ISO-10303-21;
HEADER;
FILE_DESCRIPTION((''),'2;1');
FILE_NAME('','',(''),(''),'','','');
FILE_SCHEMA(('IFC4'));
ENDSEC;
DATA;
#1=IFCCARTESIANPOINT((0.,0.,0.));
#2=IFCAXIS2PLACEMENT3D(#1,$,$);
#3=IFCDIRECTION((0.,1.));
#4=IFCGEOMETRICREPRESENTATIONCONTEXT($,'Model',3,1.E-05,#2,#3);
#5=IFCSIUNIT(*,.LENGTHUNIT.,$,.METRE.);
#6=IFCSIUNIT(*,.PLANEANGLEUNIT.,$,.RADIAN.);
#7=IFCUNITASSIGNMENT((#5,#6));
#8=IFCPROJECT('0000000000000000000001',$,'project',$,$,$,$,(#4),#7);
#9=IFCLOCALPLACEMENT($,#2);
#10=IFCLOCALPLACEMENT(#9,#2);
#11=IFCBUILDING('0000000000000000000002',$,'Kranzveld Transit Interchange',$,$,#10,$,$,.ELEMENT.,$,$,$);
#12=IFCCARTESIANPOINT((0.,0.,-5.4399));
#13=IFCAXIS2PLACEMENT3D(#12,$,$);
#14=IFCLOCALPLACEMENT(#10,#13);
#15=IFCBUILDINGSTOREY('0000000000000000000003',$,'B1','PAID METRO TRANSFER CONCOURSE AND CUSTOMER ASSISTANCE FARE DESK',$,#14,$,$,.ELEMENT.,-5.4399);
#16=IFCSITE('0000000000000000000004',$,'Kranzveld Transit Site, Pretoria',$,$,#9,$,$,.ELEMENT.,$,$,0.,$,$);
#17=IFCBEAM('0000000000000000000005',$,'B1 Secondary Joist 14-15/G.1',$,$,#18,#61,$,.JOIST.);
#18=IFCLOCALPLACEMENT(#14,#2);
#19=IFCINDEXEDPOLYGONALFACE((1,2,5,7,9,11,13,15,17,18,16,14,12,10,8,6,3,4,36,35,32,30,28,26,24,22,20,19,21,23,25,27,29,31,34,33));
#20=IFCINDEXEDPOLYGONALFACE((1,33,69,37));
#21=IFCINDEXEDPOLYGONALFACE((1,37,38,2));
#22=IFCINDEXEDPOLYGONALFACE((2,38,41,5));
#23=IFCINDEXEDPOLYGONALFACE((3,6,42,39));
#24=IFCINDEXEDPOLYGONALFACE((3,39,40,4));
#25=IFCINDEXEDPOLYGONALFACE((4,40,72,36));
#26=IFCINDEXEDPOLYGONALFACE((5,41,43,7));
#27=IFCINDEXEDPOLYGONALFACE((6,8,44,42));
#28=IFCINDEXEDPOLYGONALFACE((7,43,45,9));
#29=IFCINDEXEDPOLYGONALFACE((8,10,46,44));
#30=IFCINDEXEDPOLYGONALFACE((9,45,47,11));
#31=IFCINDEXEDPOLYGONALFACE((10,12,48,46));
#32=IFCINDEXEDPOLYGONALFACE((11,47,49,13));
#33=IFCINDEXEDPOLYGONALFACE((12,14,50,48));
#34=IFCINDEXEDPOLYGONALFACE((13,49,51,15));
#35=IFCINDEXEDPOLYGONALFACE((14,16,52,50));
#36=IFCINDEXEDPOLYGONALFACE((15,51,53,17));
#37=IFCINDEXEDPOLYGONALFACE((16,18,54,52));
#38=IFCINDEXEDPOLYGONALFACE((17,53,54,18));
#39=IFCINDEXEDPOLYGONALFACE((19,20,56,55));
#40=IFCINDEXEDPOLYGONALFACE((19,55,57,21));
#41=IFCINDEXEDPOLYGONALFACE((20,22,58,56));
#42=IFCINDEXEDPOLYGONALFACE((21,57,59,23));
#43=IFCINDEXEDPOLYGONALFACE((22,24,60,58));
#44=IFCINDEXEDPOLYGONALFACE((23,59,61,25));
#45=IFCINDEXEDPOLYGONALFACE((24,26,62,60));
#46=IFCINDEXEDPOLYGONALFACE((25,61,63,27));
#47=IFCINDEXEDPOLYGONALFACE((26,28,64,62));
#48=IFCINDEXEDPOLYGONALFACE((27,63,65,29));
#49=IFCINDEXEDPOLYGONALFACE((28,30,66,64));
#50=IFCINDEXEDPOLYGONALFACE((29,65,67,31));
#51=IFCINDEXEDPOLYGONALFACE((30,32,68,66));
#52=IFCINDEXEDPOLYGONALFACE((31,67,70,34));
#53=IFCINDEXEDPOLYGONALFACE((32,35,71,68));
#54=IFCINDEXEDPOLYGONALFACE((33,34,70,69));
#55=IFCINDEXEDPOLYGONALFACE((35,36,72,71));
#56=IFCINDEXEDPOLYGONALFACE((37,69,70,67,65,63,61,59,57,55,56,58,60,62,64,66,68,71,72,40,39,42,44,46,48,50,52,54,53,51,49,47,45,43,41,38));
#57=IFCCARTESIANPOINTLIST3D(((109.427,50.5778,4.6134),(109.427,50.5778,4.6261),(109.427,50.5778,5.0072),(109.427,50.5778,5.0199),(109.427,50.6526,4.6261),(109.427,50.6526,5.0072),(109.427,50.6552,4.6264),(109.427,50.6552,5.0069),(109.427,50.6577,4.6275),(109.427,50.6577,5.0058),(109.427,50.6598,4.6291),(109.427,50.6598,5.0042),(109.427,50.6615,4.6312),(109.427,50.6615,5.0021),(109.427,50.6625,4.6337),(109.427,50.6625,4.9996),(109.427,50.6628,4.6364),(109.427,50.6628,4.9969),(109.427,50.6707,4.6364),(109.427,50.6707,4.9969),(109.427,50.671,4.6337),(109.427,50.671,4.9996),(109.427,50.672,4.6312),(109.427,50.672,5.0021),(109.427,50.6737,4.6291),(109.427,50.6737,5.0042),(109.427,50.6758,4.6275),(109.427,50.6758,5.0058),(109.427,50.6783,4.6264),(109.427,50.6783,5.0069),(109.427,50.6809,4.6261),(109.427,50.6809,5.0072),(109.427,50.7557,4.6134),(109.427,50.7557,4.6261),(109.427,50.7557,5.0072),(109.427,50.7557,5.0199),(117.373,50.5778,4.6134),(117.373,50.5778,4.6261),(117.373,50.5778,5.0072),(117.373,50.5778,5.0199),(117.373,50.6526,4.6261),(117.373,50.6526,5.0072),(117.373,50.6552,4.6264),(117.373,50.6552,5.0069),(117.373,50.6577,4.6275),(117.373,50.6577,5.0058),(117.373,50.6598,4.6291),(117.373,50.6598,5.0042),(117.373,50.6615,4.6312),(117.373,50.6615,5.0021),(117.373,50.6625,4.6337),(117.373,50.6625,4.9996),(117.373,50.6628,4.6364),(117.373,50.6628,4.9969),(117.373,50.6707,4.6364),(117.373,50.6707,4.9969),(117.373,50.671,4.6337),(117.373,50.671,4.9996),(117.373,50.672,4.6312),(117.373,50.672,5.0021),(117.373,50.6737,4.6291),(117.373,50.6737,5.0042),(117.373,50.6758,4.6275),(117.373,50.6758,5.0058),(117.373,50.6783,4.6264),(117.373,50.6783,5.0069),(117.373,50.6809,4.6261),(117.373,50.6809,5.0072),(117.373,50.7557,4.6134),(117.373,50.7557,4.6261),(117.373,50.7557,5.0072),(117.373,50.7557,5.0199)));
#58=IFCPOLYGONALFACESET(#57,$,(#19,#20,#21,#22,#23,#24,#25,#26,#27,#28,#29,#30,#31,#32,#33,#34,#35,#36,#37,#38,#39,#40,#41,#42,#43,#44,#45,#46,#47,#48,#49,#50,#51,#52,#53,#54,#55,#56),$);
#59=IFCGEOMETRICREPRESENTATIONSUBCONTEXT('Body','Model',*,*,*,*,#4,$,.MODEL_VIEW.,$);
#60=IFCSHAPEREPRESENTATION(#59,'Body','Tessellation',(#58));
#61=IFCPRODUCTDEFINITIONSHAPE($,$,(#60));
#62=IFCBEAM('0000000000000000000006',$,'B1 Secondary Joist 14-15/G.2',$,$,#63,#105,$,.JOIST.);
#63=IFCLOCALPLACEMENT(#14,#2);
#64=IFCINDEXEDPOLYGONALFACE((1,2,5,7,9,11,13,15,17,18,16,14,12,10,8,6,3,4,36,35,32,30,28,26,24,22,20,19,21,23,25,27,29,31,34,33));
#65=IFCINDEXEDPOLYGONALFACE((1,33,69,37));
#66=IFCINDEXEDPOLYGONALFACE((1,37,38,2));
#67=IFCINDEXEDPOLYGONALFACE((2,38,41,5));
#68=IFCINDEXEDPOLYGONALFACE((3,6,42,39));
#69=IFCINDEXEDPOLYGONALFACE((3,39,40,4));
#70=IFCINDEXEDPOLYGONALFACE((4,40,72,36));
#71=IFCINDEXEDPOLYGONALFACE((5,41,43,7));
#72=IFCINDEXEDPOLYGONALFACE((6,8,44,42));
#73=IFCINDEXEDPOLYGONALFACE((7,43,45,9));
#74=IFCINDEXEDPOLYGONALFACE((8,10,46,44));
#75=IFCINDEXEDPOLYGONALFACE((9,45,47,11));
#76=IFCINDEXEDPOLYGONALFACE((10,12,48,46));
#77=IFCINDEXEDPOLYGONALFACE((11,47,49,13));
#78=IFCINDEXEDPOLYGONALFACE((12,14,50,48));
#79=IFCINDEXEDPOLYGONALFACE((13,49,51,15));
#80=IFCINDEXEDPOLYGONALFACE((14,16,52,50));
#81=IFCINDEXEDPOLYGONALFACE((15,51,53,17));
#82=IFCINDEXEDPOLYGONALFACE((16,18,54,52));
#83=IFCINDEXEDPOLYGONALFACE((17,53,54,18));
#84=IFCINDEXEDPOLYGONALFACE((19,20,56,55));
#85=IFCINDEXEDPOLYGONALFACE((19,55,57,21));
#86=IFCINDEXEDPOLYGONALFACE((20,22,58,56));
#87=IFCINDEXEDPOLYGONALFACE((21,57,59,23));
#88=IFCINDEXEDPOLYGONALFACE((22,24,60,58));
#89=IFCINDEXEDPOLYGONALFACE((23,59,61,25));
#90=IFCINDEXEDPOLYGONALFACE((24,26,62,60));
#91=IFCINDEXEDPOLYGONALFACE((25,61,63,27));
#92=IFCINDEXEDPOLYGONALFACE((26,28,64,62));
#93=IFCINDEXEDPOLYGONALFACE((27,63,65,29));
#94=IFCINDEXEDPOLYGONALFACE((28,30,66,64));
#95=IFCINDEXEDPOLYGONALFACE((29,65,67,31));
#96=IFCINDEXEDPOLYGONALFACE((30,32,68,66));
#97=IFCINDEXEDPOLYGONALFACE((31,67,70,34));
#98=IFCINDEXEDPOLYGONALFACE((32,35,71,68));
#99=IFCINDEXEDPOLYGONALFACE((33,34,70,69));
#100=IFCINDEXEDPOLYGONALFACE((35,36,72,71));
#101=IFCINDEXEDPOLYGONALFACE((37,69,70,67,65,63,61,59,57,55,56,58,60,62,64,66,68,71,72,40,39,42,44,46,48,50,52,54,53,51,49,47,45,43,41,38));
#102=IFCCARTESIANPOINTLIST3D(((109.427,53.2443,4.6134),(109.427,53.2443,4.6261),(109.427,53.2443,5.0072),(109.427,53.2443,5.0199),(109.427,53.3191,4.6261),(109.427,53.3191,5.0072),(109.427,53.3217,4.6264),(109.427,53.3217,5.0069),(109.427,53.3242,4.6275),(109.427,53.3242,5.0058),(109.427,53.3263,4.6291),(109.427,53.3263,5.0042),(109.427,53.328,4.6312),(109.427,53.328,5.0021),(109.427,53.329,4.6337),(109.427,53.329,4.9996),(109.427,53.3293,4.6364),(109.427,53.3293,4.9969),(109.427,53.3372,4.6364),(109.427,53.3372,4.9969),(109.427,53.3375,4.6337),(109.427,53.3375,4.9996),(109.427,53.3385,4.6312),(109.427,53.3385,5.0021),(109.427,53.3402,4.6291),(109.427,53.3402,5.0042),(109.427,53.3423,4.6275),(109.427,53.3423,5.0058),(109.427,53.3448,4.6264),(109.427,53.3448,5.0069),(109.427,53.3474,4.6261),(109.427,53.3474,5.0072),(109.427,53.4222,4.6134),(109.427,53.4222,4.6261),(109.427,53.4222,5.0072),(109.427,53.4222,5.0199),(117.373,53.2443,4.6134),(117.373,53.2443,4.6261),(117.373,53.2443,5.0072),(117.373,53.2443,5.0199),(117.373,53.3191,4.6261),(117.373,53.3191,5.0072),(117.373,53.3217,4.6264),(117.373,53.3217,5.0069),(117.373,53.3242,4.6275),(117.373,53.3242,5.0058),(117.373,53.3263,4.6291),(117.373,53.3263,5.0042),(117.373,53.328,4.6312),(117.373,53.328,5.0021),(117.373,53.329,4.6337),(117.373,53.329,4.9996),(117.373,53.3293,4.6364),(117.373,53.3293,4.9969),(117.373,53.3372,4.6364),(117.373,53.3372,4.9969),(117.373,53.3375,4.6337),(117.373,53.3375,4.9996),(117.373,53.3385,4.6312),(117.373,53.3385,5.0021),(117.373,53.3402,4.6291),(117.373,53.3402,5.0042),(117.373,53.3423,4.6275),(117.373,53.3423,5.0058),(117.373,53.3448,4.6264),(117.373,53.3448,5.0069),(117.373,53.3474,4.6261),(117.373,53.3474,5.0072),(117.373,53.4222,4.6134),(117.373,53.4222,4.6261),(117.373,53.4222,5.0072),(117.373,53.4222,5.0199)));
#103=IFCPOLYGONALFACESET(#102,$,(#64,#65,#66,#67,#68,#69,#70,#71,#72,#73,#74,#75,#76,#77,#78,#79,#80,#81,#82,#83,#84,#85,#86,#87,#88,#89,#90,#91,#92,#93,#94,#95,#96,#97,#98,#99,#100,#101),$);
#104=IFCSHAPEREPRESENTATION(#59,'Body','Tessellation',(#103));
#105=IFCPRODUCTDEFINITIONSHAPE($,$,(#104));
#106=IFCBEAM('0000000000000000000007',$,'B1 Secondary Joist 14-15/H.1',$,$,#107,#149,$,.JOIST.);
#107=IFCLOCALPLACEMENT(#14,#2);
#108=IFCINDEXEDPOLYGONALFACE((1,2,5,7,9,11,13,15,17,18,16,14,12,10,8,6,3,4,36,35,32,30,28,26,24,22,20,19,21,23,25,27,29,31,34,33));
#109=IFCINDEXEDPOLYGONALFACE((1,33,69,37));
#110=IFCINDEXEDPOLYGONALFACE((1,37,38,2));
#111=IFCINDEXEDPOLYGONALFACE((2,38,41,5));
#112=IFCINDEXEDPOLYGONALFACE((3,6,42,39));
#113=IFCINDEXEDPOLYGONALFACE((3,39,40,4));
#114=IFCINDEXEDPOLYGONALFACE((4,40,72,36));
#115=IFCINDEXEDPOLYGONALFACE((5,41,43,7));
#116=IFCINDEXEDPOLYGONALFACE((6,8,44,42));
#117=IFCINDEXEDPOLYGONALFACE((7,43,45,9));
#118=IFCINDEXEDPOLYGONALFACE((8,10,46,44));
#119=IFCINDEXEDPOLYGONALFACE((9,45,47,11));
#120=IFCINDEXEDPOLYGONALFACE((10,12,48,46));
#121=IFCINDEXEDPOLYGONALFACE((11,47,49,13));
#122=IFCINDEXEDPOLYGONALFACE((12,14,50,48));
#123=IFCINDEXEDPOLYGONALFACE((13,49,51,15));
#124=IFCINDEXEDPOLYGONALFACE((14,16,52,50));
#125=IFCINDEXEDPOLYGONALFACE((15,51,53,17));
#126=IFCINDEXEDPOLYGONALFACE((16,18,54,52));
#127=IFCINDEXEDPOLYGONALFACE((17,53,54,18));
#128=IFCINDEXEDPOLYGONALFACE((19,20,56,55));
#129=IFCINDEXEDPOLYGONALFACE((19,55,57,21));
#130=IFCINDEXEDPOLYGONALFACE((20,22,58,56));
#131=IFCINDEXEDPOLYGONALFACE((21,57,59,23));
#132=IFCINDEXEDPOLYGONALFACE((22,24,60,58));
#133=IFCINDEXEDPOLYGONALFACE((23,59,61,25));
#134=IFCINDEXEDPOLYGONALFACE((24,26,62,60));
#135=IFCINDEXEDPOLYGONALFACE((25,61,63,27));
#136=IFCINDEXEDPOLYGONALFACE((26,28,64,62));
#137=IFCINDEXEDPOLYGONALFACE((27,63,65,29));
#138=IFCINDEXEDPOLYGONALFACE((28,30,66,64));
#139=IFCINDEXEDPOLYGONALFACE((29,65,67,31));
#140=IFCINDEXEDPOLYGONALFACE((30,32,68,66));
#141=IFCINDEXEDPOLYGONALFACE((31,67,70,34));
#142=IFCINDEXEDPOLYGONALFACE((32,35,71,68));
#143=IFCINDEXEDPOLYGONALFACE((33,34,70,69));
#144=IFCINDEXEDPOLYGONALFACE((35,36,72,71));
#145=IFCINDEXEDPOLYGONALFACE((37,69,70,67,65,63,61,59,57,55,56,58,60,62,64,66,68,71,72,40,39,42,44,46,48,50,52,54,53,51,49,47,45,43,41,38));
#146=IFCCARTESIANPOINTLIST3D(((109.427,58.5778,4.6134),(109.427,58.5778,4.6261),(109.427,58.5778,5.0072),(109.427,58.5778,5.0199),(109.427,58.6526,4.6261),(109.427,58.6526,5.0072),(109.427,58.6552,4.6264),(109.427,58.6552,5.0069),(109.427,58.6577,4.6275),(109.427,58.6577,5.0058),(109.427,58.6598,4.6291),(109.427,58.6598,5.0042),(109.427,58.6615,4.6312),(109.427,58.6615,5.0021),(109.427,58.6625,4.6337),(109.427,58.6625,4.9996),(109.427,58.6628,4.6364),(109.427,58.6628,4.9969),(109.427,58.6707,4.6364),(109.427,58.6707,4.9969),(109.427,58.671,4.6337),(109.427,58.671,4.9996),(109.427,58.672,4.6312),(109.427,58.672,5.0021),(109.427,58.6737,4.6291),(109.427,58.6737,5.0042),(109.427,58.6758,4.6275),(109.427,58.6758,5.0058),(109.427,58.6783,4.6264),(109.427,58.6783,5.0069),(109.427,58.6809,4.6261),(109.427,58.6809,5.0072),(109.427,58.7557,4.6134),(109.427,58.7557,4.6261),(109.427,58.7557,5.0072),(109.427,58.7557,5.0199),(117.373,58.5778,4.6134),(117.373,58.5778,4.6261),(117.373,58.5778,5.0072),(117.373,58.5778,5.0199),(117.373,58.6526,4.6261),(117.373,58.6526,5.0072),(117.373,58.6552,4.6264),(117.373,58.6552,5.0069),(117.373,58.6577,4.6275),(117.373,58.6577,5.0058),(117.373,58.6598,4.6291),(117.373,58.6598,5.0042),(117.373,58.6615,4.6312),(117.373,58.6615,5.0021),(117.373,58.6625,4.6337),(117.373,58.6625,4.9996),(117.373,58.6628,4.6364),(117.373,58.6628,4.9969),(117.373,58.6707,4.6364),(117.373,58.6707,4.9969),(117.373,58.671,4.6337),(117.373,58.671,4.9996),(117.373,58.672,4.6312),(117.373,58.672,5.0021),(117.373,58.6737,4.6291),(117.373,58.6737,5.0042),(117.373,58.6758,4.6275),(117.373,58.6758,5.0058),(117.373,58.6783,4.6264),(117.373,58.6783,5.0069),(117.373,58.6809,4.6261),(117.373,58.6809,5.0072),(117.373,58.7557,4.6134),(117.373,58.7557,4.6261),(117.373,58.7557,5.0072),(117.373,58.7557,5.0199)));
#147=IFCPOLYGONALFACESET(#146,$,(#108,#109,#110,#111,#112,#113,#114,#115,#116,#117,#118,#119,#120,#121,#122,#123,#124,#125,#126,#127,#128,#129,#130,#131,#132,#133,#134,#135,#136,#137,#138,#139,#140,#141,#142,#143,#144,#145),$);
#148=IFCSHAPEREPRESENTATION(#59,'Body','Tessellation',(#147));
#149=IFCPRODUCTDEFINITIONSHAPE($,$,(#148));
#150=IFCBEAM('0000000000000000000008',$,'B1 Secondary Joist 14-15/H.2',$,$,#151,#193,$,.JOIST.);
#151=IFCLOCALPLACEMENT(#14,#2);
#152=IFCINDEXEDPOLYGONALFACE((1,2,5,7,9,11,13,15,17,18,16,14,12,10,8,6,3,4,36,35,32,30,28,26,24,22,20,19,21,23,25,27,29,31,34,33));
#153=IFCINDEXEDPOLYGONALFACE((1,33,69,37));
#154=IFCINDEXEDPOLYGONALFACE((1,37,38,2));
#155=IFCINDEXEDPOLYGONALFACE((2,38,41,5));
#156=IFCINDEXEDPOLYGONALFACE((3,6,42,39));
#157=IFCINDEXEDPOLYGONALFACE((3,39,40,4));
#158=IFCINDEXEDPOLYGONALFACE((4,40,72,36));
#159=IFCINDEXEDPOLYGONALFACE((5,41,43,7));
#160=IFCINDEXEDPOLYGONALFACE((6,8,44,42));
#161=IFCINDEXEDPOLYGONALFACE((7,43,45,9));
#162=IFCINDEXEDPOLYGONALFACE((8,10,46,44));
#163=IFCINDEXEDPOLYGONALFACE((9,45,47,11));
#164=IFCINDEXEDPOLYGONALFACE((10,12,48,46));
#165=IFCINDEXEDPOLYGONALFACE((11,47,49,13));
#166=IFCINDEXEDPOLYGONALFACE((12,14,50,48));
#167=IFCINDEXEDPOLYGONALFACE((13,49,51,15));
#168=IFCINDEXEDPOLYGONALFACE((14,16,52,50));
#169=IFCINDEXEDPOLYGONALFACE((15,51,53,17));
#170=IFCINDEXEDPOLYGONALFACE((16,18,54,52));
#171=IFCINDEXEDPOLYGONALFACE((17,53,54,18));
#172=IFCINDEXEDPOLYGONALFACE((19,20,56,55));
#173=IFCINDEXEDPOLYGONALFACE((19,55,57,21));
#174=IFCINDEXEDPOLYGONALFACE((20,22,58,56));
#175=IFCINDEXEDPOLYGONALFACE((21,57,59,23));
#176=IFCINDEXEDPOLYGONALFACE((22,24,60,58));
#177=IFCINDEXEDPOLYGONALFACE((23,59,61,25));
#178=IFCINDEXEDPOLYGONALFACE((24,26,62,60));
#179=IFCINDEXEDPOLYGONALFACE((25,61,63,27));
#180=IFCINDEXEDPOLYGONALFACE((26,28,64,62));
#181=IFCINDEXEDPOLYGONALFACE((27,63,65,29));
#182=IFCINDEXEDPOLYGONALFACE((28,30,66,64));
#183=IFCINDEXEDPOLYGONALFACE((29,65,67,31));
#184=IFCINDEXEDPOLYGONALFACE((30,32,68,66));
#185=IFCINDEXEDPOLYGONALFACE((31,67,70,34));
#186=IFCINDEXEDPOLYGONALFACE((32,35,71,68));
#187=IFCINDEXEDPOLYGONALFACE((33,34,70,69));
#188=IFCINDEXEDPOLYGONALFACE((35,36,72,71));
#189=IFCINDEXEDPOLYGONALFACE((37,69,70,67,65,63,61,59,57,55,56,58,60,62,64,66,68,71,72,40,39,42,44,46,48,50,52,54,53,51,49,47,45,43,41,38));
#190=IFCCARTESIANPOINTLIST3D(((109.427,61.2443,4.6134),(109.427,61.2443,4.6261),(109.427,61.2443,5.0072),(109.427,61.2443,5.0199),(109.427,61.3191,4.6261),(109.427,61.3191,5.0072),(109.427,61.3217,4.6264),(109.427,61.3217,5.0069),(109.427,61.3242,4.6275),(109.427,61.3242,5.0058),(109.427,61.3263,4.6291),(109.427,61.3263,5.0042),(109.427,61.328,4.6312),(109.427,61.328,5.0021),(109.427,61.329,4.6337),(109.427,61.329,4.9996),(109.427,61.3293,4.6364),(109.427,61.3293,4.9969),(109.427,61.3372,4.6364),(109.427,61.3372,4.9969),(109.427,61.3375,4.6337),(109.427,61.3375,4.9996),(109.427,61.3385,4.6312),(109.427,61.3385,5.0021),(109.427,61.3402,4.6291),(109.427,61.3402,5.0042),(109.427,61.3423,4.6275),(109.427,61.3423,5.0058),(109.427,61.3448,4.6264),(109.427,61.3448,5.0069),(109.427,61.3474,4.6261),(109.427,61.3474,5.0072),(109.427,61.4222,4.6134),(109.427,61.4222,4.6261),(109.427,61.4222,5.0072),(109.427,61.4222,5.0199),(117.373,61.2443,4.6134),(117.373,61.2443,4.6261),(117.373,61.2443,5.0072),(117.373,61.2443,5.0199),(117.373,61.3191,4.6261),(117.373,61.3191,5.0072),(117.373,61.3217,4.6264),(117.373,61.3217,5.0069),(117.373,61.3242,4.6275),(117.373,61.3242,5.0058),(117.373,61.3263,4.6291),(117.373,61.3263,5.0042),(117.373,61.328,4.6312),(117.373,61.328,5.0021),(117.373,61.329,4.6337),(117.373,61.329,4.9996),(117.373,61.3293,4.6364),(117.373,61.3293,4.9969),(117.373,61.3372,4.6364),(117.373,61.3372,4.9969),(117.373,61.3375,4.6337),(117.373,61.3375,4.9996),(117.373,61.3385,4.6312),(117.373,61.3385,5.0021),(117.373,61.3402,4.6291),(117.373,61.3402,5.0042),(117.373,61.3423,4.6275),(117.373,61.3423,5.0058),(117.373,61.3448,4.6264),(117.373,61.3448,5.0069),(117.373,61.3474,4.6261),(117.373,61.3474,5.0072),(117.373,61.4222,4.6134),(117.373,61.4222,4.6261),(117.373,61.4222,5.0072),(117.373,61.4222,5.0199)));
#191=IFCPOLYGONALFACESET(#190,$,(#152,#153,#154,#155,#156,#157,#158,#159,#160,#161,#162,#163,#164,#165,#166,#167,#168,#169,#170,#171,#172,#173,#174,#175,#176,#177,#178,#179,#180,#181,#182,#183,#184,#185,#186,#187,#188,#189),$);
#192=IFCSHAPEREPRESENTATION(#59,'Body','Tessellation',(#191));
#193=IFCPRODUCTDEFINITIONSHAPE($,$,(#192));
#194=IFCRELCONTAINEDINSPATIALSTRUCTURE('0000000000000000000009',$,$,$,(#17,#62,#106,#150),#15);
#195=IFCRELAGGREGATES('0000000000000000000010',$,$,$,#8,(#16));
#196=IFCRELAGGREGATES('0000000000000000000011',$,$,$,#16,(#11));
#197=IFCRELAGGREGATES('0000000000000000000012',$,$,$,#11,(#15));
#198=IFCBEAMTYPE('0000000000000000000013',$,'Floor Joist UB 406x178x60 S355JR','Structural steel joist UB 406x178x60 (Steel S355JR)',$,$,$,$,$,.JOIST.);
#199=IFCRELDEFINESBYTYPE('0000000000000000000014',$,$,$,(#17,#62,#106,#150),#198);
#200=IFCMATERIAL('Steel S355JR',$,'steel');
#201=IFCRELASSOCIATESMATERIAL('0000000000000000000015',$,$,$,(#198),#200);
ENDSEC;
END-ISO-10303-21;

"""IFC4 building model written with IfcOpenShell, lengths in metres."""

from ifc_helpers import new_model, si_unit, direction, frame, origin, origin_2d, place, context, subcontext, project, spatial, i_section, extrude, material, material_profile, profile_set, type_object, element, save


model = new_model("IFC4")

# Units and contexts
model_context = context("Model", 3, precision=1e-05, world=origin(), true_north=direction((0.0, 1.0)))
body_context = subcontext(model_context, "Body", "Model", "MODEL_VIEW")
ifc_project = project(units=[si_unit("LENGTHUNIT", "METRE"), si_unit("PLANEANGLEUNIT", "RADIAN")], contexts=[model_context])

# Site, building, storey
site_placement = place(None, origin())
site = spatial("IfcSite", under=ifc_project, at=site_placement, Name="Kranzveld Transit Site, Pretoria", CompositionType="ELEMENT", RefElevation=0.0)
building_placement = place(site_placement, origin())
building = spatial("IfcBuilding", under=site, at=building_placement, Name="Kranzveld Transit Interchange", CompositionType="ELEMENT")
storey_placement = place(building_placement, frame((0.0, 0.0, -5.4399)))
storey = spatial("IfcBuildingStorey", under=building, at=storey_placement, Name="B1", Description="PAID METRO TRANSFER CONCOURSE AND CUSTOMER ASSISTANCE FARE DESK", CompositionType="ELEMENT", Elevation=-5.4399)

# Beams
ifc_material_1 = material(Name="Steel S355JR", Category="steel")
ifc_material_profile_1 = material_profile(ifc_material_1, i_section(OverallWidth=0.178, OverallDepth=0.4065, WebThickness=0.0078, FlangeThickness=0.0127, FilletRadius=0.0103, at=origin_2d()), Name="UB 406x178x60")
ifc_profile_set_1 = profile_set([ifc_material_profile_1], Name="Steel S355JR")
beam_type_1 = type_object("IfcBeamType", Name="Floor Joist UB 406x178x60 S355JR", Description="Structural steel joist UB 406x178x60 (Steel S355JR)", PredefinedType="JOIST", material=ifc_profile_set_1)
for number, where, z_axis, x_axis, name in (
    (1, (109.427, 50.6667, 4.8167), (1.0, 0.0, 0.0), (0.0, 1.0, 0.0), "B1 Secondary Joist 14-15/G.1"),
    (2, (109.427, 53.3333, 4.8167), (1.0, 0.0, 0.0), (0.0, 1.0, 0.0), "B1 Secondary Joist 14-15/G.2"),
    (3, (109.427, 58.6667, 4.8167), (1.0, 0.0, 0.0), (0.0, 1.0, 0.0), "B1 Secondary Joist 14-15/H.1"),
    (4, (109.427, 61.3333, 4.8167), (1.0, 0.0, 0.0), (0.0, 1.0, 0.0), "B1 Secondary Joist 14-15/H.2"),
):
    element("IfcBeam", number, at=place(storey_placement, frame(where, z_axis=z_axis, x_axis=x_axis)), inside=storey, type_object=beam_type_1, Name=name, PredefinedType="JOIST", context=body_context, shape_type="SweptSolid", body=[
        extrude(i_section(OverallWidth=0.178, OverallDepth=0.4065, WebThickness=0.0078, FlangeThickness=0.0127, FilletRadius=0.0103, at=origin_2d()), origin(), (0.0, 0.0, 1.0), 7.946),
    ])

save(model, "model.ifc")
